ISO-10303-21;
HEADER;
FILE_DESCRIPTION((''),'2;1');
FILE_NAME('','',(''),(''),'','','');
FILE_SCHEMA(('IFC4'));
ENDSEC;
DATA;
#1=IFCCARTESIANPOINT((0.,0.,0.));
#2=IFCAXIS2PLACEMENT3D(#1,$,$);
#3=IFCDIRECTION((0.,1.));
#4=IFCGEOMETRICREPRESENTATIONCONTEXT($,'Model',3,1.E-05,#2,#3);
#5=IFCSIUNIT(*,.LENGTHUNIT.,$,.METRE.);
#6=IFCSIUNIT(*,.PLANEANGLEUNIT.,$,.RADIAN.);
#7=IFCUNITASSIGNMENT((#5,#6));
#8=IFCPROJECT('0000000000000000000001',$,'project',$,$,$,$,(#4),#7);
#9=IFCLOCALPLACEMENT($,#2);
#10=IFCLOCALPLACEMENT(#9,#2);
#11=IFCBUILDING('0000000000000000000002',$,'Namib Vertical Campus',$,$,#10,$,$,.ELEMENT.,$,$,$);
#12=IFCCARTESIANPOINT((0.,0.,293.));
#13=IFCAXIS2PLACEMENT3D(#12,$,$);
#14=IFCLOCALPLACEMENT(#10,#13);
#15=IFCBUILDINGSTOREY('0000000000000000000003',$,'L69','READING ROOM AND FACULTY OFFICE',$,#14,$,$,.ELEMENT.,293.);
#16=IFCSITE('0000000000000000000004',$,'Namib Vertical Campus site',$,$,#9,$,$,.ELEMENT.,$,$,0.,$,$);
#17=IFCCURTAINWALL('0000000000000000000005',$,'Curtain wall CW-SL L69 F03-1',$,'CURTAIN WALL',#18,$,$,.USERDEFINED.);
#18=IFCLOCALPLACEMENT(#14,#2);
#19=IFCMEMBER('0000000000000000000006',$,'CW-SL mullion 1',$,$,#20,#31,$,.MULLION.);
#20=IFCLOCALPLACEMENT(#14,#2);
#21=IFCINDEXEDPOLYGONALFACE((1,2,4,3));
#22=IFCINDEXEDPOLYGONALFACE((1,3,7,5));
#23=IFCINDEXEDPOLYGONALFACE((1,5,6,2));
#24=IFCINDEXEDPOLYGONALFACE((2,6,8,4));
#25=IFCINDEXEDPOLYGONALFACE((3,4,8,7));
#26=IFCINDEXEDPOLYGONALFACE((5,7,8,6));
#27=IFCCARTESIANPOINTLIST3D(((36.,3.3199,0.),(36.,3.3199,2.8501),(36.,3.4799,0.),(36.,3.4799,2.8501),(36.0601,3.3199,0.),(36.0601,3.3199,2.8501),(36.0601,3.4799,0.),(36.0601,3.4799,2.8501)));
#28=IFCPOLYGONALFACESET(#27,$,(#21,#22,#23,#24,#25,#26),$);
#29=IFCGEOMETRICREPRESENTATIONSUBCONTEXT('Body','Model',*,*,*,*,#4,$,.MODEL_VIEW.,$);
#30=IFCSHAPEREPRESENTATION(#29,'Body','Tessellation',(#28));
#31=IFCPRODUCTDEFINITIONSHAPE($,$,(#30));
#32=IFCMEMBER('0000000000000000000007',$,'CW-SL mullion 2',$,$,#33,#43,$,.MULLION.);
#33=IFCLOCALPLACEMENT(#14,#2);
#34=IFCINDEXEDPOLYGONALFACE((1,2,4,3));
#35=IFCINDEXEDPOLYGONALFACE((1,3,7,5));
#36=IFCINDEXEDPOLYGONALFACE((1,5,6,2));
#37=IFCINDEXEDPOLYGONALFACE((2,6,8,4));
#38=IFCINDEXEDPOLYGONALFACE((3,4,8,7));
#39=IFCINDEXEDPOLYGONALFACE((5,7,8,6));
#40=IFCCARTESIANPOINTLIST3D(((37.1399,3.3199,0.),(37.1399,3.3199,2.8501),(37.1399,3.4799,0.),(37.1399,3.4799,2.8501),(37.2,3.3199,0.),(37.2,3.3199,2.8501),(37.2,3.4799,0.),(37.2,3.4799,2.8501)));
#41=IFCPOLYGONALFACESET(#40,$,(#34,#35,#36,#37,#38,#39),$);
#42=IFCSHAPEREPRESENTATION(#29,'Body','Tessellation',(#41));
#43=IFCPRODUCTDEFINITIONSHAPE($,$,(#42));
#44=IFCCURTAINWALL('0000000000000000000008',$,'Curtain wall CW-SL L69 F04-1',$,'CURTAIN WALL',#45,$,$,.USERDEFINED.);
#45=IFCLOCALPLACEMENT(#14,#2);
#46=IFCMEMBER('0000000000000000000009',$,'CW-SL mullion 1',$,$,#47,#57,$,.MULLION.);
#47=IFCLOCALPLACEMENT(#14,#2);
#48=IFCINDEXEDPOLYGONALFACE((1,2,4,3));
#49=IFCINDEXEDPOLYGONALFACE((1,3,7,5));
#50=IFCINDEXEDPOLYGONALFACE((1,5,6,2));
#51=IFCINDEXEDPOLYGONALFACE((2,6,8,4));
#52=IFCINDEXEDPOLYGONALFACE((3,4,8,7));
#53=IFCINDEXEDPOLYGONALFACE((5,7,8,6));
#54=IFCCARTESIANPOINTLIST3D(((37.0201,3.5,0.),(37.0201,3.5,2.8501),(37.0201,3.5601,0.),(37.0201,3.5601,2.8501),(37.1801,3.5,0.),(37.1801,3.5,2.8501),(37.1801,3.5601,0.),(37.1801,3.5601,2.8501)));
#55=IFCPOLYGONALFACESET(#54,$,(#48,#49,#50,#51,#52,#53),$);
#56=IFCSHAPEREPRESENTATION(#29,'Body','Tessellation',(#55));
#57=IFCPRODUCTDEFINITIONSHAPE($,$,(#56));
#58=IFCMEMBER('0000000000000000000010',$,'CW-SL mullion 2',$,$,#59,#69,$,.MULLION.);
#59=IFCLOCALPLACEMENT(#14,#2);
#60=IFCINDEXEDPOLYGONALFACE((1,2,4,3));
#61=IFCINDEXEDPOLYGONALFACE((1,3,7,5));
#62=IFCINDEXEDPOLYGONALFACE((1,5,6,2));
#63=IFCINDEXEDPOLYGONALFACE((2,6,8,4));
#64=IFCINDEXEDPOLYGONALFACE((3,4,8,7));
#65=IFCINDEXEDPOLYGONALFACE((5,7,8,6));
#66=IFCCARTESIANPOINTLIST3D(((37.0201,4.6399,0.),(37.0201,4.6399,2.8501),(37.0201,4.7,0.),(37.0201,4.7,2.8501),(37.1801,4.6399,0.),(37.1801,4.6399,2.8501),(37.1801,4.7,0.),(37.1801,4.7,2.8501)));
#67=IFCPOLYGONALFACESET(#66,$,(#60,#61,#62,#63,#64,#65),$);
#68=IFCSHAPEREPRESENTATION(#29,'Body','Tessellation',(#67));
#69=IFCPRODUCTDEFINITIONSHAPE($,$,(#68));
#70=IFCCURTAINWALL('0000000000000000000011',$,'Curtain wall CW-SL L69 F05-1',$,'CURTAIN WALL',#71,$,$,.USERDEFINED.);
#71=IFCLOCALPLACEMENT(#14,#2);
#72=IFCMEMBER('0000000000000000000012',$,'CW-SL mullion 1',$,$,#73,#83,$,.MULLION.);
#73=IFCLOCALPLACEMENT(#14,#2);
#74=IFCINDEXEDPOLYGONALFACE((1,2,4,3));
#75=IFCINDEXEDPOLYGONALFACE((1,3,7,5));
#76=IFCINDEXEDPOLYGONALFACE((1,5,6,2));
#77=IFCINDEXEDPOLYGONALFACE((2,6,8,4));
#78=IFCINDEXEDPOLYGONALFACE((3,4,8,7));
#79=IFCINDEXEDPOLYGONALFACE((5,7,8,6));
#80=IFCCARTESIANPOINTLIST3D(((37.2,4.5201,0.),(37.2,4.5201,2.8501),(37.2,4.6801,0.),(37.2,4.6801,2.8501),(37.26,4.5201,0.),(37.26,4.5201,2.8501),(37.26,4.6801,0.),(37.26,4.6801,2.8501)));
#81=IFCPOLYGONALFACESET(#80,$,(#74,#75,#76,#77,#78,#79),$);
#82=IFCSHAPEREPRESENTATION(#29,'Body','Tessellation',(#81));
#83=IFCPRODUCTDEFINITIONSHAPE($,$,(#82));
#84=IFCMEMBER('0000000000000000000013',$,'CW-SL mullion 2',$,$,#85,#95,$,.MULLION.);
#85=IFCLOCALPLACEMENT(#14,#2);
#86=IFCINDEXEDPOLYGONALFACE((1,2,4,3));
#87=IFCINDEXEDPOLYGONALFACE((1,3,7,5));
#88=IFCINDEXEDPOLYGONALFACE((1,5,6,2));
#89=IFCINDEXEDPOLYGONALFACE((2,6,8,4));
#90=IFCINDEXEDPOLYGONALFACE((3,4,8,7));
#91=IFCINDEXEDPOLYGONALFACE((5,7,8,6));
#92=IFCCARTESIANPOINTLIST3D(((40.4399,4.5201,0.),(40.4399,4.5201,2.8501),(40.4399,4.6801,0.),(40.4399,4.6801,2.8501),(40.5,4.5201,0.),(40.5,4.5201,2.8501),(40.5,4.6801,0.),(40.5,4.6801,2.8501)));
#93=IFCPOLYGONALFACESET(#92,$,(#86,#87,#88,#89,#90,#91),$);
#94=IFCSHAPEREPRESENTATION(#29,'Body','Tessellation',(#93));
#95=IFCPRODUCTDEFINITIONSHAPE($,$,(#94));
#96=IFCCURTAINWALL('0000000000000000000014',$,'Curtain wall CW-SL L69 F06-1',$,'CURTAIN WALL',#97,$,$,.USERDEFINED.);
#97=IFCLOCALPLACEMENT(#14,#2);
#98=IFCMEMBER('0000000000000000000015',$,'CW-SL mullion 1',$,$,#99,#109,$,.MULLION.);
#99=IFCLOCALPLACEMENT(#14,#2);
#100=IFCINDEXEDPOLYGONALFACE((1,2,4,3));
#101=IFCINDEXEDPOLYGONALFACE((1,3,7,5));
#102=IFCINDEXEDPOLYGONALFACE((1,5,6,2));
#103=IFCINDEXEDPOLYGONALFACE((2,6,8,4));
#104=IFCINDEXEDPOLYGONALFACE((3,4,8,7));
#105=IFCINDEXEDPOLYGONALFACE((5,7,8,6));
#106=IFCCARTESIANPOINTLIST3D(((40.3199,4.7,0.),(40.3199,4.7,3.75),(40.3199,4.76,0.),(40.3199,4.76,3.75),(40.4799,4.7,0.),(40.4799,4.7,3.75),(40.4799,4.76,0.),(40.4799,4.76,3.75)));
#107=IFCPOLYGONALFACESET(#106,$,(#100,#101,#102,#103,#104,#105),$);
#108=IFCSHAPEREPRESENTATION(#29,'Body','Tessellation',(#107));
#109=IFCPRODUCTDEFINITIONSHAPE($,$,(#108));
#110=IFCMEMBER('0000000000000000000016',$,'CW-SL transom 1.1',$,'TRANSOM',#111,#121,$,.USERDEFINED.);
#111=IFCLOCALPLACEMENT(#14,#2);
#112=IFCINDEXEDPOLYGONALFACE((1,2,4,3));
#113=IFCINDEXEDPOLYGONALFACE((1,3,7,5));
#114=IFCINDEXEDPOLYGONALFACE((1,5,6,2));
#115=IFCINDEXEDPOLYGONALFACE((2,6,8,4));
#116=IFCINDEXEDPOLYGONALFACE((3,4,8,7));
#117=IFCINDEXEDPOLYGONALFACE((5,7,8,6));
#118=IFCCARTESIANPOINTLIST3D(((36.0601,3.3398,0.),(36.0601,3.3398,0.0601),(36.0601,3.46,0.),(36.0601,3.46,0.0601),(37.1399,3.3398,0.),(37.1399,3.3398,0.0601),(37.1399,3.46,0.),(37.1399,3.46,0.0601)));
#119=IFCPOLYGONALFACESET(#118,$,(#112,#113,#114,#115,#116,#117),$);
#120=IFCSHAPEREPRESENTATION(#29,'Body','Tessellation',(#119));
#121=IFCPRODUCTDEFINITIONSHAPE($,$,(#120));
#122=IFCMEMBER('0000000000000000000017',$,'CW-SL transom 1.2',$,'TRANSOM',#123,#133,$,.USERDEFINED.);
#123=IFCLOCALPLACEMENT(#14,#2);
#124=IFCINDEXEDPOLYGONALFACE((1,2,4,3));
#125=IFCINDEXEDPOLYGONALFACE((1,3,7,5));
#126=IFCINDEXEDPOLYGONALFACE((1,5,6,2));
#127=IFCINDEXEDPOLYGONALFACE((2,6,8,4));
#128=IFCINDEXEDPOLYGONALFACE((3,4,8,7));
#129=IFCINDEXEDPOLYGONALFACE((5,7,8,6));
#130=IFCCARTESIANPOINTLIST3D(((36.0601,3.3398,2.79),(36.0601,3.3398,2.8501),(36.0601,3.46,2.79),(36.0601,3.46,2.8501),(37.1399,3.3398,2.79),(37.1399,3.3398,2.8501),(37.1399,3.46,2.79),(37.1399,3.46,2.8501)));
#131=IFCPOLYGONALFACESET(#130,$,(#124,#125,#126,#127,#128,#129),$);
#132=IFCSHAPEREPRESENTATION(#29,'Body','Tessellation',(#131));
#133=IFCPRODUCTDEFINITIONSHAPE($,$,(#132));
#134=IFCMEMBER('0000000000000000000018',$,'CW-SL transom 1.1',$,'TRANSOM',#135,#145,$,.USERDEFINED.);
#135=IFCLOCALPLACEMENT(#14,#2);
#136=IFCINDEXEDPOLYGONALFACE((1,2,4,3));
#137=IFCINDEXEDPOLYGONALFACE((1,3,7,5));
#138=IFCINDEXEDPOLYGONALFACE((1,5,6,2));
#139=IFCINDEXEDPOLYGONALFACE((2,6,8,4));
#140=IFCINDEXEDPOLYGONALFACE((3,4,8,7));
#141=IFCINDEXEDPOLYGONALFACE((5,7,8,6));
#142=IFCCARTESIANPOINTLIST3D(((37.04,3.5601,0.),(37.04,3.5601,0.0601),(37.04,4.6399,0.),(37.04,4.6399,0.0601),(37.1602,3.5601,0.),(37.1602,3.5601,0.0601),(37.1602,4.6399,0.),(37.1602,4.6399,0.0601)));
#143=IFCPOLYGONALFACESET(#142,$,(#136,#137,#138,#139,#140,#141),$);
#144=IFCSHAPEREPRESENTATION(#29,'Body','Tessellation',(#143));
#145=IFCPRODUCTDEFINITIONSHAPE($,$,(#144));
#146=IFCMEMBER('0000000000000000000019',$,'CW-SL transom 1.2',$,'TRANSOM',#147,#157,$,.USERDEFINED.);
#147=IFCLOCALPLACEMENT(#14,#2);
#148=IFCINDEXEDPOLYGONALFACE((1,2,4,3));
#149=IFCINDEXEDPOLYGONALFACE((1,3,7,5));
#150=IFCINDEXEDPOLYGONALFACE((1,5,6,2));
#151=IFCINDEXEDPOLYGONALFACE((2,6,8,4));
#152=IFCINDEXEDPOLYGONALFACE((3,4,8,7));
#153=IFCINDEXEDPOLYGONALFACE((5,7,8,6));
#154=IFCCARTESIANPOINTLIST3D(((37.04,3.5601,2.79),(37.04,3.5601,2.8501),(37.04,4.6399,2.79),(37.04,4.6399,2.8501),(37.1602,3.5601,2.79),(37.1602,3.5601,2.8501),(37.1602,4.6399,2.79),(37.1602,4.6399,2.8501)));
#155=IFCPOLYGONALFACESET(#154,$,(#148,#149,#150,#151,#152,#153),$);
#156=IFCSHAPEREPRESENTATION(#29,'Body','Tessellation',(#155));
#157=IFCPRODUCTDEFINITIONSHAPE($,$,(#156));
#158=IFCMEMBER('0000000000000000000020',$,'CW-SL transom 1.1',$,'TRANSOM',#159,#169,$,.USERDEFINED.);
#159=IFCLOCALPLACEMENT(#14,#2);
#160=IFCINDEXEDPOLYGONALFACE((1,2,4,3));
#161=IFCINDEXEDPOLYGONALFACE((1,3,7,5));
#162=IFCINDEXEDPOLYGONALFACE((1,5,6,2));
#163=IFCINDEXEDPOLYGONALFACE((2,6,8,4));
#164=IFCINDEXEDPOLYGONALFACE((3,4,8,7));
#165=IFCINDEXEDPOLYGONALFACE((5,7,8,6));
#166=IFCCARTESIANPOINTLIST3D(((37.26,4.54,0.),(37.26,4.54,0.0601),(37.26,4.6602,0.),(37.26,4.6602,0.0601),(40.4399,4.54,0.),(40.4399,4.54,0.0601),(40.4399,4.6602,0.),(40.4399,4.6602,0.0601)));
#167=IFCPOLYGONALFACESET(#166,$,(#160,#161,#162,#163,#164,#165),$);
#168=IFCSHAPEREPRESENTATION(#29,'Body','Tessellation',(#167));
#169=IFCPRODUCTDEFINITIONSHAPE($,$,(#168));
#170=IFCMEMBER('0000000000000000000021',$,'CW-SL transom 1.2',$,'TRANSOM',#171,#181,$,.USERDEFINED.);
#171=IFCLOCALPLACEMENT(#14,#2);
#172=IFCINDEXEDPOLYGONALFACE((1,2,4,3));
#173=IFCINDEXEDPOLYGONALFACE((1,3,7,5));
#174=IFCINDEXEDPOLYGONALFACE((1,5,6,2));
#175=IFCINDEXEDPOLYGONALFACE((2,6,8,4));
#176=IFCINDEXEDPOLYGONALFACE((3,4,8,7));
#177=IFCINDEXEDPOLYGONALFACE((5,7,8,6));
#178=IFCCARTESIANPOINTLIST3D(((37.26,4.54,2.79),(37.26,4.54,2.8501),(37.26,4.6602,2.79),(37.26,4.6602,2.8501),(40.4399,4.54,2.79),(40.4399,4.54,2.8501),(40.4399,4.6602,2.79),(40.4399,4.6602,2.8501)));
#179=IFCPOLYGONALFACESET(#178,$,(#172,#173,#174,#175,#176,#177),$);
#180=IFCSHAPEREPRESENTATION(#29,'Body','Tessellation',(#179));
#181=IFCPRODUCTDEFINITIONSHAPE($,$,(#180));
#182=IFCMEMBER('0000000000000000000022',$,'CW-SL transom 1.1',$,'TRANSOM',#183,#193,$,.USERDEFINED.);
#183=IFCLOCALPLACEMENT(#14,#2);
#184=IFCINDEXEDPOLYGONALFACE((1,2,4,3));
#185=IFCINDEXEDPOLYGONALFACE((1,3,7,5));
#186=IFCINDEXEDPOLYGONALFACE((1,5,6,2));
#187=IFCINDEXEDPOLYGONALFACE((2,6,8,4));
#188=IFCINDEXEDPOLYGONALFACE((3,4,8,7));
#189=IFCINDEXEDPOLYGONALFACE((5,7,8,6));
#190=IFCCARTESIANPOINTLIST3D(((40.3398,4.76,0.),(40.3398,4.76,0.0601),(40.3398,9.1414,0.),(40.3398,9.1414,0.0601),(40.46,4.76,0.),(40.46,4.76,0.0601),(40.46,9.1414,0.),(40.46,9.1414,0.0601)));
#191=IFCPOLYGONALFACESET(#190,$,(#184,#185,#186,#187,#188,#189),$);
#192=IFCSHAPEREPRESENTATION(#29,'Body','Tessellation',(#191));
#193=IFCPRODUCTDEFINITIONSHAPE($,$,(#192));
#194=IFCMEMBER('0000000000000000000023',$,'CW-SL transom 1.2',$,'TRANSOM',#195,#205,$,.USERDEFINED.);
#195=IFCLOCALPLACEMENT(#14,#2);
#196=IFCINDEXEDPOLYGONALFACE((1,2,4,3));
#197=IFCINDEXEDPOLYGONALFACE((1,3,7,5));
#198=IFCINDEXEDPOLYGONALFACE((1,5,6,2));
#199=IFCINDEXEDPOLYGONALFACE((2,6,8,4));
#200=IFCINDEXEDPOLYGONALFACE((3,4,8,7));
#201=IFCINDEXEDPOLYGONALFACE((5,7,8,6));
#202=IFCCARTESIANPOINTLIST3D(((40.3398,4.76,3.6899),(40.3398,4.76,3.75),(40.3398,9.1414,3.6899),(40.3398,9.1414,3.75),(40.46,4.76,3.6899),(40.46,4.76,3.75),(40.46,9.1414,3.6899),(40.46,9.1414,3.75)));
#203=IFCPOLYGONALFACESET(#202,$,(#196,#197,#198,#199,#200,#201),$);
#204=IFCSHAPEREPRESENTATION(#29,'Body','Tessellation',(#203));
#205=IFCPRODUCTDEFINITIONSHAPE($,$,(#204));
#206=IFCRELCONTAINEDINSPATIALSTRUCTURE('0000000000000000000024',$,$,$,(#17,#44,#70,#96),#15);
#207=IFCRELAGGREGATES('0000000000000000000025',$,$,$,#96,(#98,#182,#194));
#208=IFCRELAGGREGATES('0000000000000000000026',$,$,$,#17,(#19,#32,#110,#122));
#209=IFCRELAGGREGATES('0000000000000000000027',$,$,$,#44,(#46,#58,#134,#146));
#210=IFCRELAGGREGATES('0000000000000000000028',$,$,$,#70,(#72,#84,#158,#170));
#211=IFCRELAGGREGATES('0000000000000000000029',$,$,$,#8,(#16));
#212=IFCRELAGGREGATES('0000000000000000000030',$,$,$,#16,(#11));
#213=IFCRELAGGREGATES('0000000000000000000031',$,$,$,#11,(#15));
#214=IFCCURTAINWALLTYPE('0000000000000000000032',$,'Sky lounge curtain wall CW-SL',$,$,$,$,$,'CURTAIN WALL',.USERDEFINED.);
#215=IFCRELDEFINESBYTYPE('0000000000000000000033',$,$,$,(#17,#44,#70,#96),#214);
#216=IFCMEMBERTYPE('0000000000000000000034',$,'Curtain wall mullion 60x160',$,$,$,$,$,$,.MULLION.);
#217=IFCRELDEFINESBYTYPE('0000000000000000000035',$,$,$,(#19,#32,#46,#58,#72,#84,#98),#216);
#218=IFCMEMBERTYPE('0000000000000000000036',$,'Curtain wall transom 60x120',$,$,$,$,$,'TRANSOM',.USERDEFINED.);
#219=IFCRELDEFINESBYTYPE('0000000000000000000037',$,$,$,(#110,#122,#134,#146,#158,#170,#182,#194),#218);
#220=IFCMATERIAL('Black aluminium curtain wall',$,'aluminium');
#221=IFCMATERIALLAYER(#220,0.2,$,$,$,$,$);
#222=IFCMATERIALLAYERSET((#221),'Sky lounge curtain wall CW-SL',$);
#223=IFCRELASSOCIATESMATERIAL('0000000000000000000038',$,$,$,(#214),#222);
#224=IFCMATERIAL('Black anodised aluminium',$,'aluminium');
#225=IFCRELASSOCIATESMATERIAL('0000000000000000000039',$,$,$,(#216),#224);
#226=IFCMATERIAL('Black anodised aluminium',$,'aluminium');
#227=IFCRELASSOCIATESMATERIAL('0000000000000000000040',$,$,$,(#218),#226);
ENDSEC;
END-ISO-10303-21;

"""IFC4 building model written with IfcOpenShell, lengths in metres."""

from ifc_helpers import new_model, si_unit, direction, frame, origin, origin_2d, place, context, subcontext, project, spatial, rectangle, extrude, material, layer, layer_set, material_profile, profile_set, type_object, element, aggregate, save


model = new_model("IFC4")

# Units and contexts
model_context = context("Model", 3, precision=1e-05, world=origin(), true_north=direction((0.0, 1.0)))
body_context = subcontext(model_context, "Body", "Model", "MODEL_VIEW")
ifc_project = project(units=[si_unit("LENGTHUNIT", "METRE"), si_unit("PLANEANGLEUNIT", "RADIAN")], contexts=[model_context])

# Site, building, storey
site_placement = place(None, origin())
site = spatial("IfcSite", under=ifc_project, at=site_placement, Name="Namib Vertical Campus site", CompositionType="ELEMENT", RefElevation=0.0)
building_placement = place(site_placement, origin())
building = spatial("IfcBuilding", under=site, at=building_placement, Name="Namib Vertical Campus", CompositionType="ELEMENT")
storey_placement = place(building_placement, frame((0.0, 0.0, 293.0)))
storey = spatial("IfcBuildingStorey", under=building, at=storey_placement, Name="L69", Description="READING ROOM AND FACULTY OFFICE", CompositionType="ELEMENT", Elevation=293.0)

# Curtain walls, members
ifc_material_1 = material(Name="Black aluminium curtain wall", Category="aluminium")
ifc_layer_1 = layer(ifc_material_1, 0.2)
ifc_layer_set_1 = layer_set([ifc_layer_1], Name="Sky lounge curtain wall CW-SL")
curtain_wall_type = type_object("IfcCurtainWallType", Name="Sky lounge curtain wall CW-SL", ElementType="CURTAIN WALL", PredefinedType="USERDEFINED", material=ifc_layer_set_1)
curtain_wall_1_placement = place(storey_placement, origin())
curtain_wall_1 = element("IfcCurtainWall", 1, at=curtain_wall_1_placement, inside=storey, type_object=curtain_wall_type, Name="Curtain wall CW-SL L69 F03-1", ObjectType="CURTAIN WALL", PredefinedType="USERDEFINED")
ifc_material_2 = material(Name="Black anodised aluminium", Category="aluminium")
ifc_material_profile_1 = material_profile(ifc_material_2, rectangle(XDim=0.0601, YDim=0.1599, at=origin_2d()))
ifc_profile_set_1 = profile_set([ifc_material_profile_1], Name="Black anodised aluminium")
member_type_1 = type_object("IfcMemberType", Name="Curtain wall mullion 60x160", PredefinedType="MULLION", material=ifc_profile_set_1)
member_1_placement = place(storey_placement, frame((36.03, 3.3999, 0.0), z_axis=(0.0, 0.0, 1.0), x_axis=(1.0, 0.0, 0.0)))
member_1 = element("IfcMember", 2, at=member_1_placement, type_object=member_type_1, Name="CW-SL mullion 1", PredefinedType="MULLION", context=body_context, shape_type="SweptSolid", body=[
    extrude(rectangle(XDim=0.0601, YDim=0.1599, at=origin_2d()), origin(), (0.0, 0.0, 1.0), 2.8501),
])
member_2_placement = place(storey_placement, frame((37.1699, 3.3999, 0.0), z_axis=(0.0, 0.0, 1.0), x_axis=(1.0, 0.0, 0.0)))
member_2 = element("IfcMember", 3, at=member_2_placement, type_object=member_type_1, Name="CW-SL mullion 2", PredefinedType="MULLION", context=body_context, shape_type="SweptSolid", body=[
    extrude(rectangle(XDim=0.0601, YDim=0.1599, at=origin_2d()), origin(), (0.0, 0.0, 1.0), 2.8501),
])
curtain_wall_2_placement = place(storey_placement, origin())
curtain_wall_2 = element("IfcCurtainWall", 4, at=curtain_wall_2_placement, inside=storey, type_object=curtain_wall_type, Name="Curtain wall CW-SL L69 F04-1", ObjectType="CURTAIN WALL", PredefinedType="USERDEFINED")
member_3_placement = place(storey_placement, frame((37.1001, 3.53, 0.0), z_axis=(0.0, 0.0, 1.0), x_axis=(0.0, 1.0, 0.0)))
member_3 = element("IfcMember", 5, at=member_3_placement, type_object=member_type_1, Name="CW-SL mullion 1", PredefinedType="MULLION", context=body_context, shape_type="SweptSolid", body=[
    extrude(rectangle(XDim=0.0601, YDim=0.1599, at=origin_2d()), origin(), (0.0, 0.0, 1.0), 2.8501),
])
member_4_placement = place(storey_placement, frame((37.1001, 4.6699, 0.0), z_axis=(0.0, 0.0, 1.0), x_axis=(0.0, 1.0, 0.0)))
member_4 = element("IfcMember", 6, at=member_4_placement, type_object=member_type_1, Name="CW-SL mullion 2", PredefinedType="MULLION", context=body_context, shape_type="SweptSolid", body=[
    extrude(rectangle(XDim=0.0601, YDim=0.1599, at=origin_2d()), origin(), (0.0, 0.0, 1.0), 2.8501),
])
curtain_wall_3_placement = place(storey_placement, origin())
curtain_wall_3 = element("IfcCurtainWall", 7, at=curtain_wall_3_placement, inside=storey, type_object=curtain_wall_type, Name="Curtain wall CW-SL L69 F05-1", ObjectType="CURTAIN WALL", PredefinedType="USERDEFINED")
member_5_placement = place(storey_placement, frame((37.23, 4.6001, 0.0), z_axis=(0.0, 0.0, 1.0), x_axis=(1.0, 0.0, 0.0)))
member_5 = element("IfcMember", 8, at=member_5_placement, type_object=member_type_1, Name="CW-SL mullion 1", PredefinedType="MULLION", context=body_context, shape_type="SweptSolid", body=[
    extrude(rectangle(XDim=0.0601, YDim=0.1599, at=origin_2d()), origin(), (0.0, 0.0, 1.0), 2.8501),
])
member_6_placement = place(storey_placement, frame((40.47, 4.6001, 0.0), z_axis=(0.0, 0.0, 1.0), x_axis=(1.0, 0.0, 0.0)))
member_6 = element("IfcMember", 9, at=member_6_placement, type_object=member_type_1, Name="CW-SL mullion 2", PredefinedType="MULLION", context=body_context, shape_type="SweptSolid", body=[
    extrude(rectangle(XDim=0.0601, YDim=0.1599, at=origin_2d()), origin(), (0.0, 0.0, 1.0), 2.8501),
])

# Curtain wall, member
curtain_wall_4_placement = place(storey_placement, origin())
curtain_wall_4 = element("IfcCurtainWall", 10, at=curtain_wall_4_placement, inside=storey, type_object=curtain_wall_type, Name="Curtain wall CW-SL L69 F06-1", ObjectType="CURTAIN WALL", PredefinedType="USERDEFINED")
member_7_placement = place(storey_placement, frame((40.3999, 4.73, 0.0), z_axis=(0.0, 0.0, 1.0), x_axis=(0.0, 1.0, 0.0)))
member_7 = element("IfcMember", 11, at=member_7_placement, type_object=member_type_1, Name="CW-SL mullion 1", PredefinedType="MULLION", context=body_context, shape_type="SweptSolid", body=[
    extrude(rectangle(XDim=0.0601, YDim=0.1599, at=origin_2d()), origin(), (0.0, 0.0, 1.0), 3.75),
])

# Members
ifc_material_3 = material(Name="Black anodised aluminium", Category="aluminium")
ifc_material_profile_2 = material_profile(ifc_material_3, rectangle(XDim=0.0601, YDim=0.1201, at=origin_2d()))
ifc_profile_set_2 = profile_set([ifc_material_profile_2], Name="Black anodised aluminium")
member_type_2 = type_object("IfcMemberType", Name="Curtain wall transom 60x120", ElementType="TRANSOM", PredefinedType="USERDEFINED", material=ifc_profile_set_2)
member_8_placement = place(storey_placement, frame((36.0601, 3.3999, 0.03), z_axis=(1.0, 0.0, 0.0), x_axis=(0.0, 0.0, 1.0)))
member_8 = element("IfcMember", 12, at=member_8_placement, type_object=member_type_2, Name="CW-SL transom 1.1", ObjectType="TRANSOM", PredefinedType="USERDEFINED", context=body_context, shape_type="SweptSolid", body=[
    extrude(rectangle(XDim=0.0601, YDim=0.1201, at=origin_2d()), origin(), (0.0, 0.0, 1.0), 1.0798),
])
member_9_placement = place(storey_placement, frame((36.0601, 3.3999, 2.8201), z_axis=(1.0, 0.0, 0.0), x_axis=(0.0, 0.0, 1.0)))
member_9 = element("IfcMember", 13, at=member_9_placement, type_object=member_type_2, Name="CW-SL transom 1.2", ObjectType="TRANSOM", PredefinedType="USERDEFINED", context=body_context, shape_type="SweptSolid", body=[
    extrude(rectangle(XDim=0.0601, YDim=0.1201, at=origin_2d()), origin(), (0.0, 0.0, 1.0), 1.0798),
])
member_10_placement = place(storey_placement, frame((37.1001, 3.5601, 0.03), z_axis=(0.0, 1.0, 0.0), x_axis=(0.0, 0.0, 1.0)))
member_10 = element("IfcMember", 14, at=member_10_placement, type_object=member_type_2, Name="CW-SL transom 1.1", ObjectType="TRANSOM", PredefinedType="USERDEFINED", context=body_context, shape_type="SweptSolid", body=[
    extrude(rectangle(XDim=0.0601, YDim=0.1201, at=origin_2d()), origin(), (0.0, 0.0, 1.0), 1.0798),
])
member_11_placement = place(storey_placement, frame((37.1001, 3.5601, 2.8201), z_axis=(0.0, 1.0, 0.0), x_axis=(0.0, 0.0, 1.0)))
member_11 = element("IfcMember", 15, at=member_11_placement, type_object=member_type_2, Name="CW-SL transom 1.2", ObjectType="TRANSOM", PredefinedType="USERDEFINED", context=body_context, shape_type="SweptSolid", body=[
    extrude(rectangle(XDim=0.0601, YDim=0.1201, at=origin_2d()), origin(), (0.0, 0.0, 1.0), 1.0798),
])
member_12_placement = place(storey_placement, frame((37.26, 4.6001, 0.03), z_axis=(1.0, 0.0, 0.0), x_axis=(0.0, 0.0, 1.0)))
member_12 = element("IfcMember", 16, at=member_12_placement, type_object=member_type_2, Name="CW-SL transom 1.1", ObjectType="TRANSOM", PredefinedType="USERDEFINED", context=body_context, shape_type="SweptSolid", body=[
    extrude(rectangle(XDim=0.0601, YDim=0.1201, at=origin_2d()), origin(), (0.0, 0.0, 1.0), 3.1799),
])
member_13_placement = place(storey_placement, frame((37.26, 4.6001, 2.8201), z_axis=(1.0, 0.0, 0.0), x_axis=(0.0, 0.0, 1.0)))
member_13 = element("IfcMember", 17, at=member_13_placement, type_object=member_type_2, Name="CW-SL transom 1.2", ObjectType="TRANSOM", PredefinedType="USERDEFINED", context=body_context, shape_type="SweptSolid", body=[
    extrude(rectangle(XDim=0.0601, YDim=0.1201, at=origin_2d()), origin(), (0.0, 0.0, 1.0), 3.1799),
])
member_14_placement = place(storey_placement, frame((40.3999, 4.76, 0.03), z_axis=(0.0, 1.0, 0.0), x_axis=(0.0, 0.0, 1.0)))
member_14 = element("IfcMember", 18, at=member_14_placement, type_object=member_type_2, Name="CW-SL transom 1.1", ObjectType="TRANSOM", PredefinedType="USERDEFINED", context=body_context, shape_type="SweptSolid", body=[
    extrude(rectangle(XDim=0.0601, YDim=0.1201, at=origin_2d()), origin(), (0.0, 0.0, 1.0), 4.3813),
])
member_15_placement = place(storey_placement, frame((40.3999, 4.76, 3.72), z_axis=(0.0, 1.0, 0.0), x_axis=(0.0, 0.0, 1.0)))
member_15 = element("IfcMember", 19, at=member_15_placement, type_object=member_type_2, Name="CW-SL transom 1.2", ObjectType="TRANSOM", PredefinedType="USERDEFINED", context=body_context, shape_type="SweptSolid", body=[
    extrude(rectangle(XDim=0.0601, YDim=0.1201, at=origin_2d()), origin(), (0.0, 0.0, 1.0), 4.3813),
])
aggregate(curtain_wall_4, [member_7, member_14, member_15])

aggregate(curtain_wall_1, [member_1, member_2, member_8, member_9])
aggregate(curtain_wall_2, [member_3, member_4, member_10, member_11])
aggregate(curtain_wall_3, [member_5, member_6, member_12, member_13])

save(model, "model.ifc")
